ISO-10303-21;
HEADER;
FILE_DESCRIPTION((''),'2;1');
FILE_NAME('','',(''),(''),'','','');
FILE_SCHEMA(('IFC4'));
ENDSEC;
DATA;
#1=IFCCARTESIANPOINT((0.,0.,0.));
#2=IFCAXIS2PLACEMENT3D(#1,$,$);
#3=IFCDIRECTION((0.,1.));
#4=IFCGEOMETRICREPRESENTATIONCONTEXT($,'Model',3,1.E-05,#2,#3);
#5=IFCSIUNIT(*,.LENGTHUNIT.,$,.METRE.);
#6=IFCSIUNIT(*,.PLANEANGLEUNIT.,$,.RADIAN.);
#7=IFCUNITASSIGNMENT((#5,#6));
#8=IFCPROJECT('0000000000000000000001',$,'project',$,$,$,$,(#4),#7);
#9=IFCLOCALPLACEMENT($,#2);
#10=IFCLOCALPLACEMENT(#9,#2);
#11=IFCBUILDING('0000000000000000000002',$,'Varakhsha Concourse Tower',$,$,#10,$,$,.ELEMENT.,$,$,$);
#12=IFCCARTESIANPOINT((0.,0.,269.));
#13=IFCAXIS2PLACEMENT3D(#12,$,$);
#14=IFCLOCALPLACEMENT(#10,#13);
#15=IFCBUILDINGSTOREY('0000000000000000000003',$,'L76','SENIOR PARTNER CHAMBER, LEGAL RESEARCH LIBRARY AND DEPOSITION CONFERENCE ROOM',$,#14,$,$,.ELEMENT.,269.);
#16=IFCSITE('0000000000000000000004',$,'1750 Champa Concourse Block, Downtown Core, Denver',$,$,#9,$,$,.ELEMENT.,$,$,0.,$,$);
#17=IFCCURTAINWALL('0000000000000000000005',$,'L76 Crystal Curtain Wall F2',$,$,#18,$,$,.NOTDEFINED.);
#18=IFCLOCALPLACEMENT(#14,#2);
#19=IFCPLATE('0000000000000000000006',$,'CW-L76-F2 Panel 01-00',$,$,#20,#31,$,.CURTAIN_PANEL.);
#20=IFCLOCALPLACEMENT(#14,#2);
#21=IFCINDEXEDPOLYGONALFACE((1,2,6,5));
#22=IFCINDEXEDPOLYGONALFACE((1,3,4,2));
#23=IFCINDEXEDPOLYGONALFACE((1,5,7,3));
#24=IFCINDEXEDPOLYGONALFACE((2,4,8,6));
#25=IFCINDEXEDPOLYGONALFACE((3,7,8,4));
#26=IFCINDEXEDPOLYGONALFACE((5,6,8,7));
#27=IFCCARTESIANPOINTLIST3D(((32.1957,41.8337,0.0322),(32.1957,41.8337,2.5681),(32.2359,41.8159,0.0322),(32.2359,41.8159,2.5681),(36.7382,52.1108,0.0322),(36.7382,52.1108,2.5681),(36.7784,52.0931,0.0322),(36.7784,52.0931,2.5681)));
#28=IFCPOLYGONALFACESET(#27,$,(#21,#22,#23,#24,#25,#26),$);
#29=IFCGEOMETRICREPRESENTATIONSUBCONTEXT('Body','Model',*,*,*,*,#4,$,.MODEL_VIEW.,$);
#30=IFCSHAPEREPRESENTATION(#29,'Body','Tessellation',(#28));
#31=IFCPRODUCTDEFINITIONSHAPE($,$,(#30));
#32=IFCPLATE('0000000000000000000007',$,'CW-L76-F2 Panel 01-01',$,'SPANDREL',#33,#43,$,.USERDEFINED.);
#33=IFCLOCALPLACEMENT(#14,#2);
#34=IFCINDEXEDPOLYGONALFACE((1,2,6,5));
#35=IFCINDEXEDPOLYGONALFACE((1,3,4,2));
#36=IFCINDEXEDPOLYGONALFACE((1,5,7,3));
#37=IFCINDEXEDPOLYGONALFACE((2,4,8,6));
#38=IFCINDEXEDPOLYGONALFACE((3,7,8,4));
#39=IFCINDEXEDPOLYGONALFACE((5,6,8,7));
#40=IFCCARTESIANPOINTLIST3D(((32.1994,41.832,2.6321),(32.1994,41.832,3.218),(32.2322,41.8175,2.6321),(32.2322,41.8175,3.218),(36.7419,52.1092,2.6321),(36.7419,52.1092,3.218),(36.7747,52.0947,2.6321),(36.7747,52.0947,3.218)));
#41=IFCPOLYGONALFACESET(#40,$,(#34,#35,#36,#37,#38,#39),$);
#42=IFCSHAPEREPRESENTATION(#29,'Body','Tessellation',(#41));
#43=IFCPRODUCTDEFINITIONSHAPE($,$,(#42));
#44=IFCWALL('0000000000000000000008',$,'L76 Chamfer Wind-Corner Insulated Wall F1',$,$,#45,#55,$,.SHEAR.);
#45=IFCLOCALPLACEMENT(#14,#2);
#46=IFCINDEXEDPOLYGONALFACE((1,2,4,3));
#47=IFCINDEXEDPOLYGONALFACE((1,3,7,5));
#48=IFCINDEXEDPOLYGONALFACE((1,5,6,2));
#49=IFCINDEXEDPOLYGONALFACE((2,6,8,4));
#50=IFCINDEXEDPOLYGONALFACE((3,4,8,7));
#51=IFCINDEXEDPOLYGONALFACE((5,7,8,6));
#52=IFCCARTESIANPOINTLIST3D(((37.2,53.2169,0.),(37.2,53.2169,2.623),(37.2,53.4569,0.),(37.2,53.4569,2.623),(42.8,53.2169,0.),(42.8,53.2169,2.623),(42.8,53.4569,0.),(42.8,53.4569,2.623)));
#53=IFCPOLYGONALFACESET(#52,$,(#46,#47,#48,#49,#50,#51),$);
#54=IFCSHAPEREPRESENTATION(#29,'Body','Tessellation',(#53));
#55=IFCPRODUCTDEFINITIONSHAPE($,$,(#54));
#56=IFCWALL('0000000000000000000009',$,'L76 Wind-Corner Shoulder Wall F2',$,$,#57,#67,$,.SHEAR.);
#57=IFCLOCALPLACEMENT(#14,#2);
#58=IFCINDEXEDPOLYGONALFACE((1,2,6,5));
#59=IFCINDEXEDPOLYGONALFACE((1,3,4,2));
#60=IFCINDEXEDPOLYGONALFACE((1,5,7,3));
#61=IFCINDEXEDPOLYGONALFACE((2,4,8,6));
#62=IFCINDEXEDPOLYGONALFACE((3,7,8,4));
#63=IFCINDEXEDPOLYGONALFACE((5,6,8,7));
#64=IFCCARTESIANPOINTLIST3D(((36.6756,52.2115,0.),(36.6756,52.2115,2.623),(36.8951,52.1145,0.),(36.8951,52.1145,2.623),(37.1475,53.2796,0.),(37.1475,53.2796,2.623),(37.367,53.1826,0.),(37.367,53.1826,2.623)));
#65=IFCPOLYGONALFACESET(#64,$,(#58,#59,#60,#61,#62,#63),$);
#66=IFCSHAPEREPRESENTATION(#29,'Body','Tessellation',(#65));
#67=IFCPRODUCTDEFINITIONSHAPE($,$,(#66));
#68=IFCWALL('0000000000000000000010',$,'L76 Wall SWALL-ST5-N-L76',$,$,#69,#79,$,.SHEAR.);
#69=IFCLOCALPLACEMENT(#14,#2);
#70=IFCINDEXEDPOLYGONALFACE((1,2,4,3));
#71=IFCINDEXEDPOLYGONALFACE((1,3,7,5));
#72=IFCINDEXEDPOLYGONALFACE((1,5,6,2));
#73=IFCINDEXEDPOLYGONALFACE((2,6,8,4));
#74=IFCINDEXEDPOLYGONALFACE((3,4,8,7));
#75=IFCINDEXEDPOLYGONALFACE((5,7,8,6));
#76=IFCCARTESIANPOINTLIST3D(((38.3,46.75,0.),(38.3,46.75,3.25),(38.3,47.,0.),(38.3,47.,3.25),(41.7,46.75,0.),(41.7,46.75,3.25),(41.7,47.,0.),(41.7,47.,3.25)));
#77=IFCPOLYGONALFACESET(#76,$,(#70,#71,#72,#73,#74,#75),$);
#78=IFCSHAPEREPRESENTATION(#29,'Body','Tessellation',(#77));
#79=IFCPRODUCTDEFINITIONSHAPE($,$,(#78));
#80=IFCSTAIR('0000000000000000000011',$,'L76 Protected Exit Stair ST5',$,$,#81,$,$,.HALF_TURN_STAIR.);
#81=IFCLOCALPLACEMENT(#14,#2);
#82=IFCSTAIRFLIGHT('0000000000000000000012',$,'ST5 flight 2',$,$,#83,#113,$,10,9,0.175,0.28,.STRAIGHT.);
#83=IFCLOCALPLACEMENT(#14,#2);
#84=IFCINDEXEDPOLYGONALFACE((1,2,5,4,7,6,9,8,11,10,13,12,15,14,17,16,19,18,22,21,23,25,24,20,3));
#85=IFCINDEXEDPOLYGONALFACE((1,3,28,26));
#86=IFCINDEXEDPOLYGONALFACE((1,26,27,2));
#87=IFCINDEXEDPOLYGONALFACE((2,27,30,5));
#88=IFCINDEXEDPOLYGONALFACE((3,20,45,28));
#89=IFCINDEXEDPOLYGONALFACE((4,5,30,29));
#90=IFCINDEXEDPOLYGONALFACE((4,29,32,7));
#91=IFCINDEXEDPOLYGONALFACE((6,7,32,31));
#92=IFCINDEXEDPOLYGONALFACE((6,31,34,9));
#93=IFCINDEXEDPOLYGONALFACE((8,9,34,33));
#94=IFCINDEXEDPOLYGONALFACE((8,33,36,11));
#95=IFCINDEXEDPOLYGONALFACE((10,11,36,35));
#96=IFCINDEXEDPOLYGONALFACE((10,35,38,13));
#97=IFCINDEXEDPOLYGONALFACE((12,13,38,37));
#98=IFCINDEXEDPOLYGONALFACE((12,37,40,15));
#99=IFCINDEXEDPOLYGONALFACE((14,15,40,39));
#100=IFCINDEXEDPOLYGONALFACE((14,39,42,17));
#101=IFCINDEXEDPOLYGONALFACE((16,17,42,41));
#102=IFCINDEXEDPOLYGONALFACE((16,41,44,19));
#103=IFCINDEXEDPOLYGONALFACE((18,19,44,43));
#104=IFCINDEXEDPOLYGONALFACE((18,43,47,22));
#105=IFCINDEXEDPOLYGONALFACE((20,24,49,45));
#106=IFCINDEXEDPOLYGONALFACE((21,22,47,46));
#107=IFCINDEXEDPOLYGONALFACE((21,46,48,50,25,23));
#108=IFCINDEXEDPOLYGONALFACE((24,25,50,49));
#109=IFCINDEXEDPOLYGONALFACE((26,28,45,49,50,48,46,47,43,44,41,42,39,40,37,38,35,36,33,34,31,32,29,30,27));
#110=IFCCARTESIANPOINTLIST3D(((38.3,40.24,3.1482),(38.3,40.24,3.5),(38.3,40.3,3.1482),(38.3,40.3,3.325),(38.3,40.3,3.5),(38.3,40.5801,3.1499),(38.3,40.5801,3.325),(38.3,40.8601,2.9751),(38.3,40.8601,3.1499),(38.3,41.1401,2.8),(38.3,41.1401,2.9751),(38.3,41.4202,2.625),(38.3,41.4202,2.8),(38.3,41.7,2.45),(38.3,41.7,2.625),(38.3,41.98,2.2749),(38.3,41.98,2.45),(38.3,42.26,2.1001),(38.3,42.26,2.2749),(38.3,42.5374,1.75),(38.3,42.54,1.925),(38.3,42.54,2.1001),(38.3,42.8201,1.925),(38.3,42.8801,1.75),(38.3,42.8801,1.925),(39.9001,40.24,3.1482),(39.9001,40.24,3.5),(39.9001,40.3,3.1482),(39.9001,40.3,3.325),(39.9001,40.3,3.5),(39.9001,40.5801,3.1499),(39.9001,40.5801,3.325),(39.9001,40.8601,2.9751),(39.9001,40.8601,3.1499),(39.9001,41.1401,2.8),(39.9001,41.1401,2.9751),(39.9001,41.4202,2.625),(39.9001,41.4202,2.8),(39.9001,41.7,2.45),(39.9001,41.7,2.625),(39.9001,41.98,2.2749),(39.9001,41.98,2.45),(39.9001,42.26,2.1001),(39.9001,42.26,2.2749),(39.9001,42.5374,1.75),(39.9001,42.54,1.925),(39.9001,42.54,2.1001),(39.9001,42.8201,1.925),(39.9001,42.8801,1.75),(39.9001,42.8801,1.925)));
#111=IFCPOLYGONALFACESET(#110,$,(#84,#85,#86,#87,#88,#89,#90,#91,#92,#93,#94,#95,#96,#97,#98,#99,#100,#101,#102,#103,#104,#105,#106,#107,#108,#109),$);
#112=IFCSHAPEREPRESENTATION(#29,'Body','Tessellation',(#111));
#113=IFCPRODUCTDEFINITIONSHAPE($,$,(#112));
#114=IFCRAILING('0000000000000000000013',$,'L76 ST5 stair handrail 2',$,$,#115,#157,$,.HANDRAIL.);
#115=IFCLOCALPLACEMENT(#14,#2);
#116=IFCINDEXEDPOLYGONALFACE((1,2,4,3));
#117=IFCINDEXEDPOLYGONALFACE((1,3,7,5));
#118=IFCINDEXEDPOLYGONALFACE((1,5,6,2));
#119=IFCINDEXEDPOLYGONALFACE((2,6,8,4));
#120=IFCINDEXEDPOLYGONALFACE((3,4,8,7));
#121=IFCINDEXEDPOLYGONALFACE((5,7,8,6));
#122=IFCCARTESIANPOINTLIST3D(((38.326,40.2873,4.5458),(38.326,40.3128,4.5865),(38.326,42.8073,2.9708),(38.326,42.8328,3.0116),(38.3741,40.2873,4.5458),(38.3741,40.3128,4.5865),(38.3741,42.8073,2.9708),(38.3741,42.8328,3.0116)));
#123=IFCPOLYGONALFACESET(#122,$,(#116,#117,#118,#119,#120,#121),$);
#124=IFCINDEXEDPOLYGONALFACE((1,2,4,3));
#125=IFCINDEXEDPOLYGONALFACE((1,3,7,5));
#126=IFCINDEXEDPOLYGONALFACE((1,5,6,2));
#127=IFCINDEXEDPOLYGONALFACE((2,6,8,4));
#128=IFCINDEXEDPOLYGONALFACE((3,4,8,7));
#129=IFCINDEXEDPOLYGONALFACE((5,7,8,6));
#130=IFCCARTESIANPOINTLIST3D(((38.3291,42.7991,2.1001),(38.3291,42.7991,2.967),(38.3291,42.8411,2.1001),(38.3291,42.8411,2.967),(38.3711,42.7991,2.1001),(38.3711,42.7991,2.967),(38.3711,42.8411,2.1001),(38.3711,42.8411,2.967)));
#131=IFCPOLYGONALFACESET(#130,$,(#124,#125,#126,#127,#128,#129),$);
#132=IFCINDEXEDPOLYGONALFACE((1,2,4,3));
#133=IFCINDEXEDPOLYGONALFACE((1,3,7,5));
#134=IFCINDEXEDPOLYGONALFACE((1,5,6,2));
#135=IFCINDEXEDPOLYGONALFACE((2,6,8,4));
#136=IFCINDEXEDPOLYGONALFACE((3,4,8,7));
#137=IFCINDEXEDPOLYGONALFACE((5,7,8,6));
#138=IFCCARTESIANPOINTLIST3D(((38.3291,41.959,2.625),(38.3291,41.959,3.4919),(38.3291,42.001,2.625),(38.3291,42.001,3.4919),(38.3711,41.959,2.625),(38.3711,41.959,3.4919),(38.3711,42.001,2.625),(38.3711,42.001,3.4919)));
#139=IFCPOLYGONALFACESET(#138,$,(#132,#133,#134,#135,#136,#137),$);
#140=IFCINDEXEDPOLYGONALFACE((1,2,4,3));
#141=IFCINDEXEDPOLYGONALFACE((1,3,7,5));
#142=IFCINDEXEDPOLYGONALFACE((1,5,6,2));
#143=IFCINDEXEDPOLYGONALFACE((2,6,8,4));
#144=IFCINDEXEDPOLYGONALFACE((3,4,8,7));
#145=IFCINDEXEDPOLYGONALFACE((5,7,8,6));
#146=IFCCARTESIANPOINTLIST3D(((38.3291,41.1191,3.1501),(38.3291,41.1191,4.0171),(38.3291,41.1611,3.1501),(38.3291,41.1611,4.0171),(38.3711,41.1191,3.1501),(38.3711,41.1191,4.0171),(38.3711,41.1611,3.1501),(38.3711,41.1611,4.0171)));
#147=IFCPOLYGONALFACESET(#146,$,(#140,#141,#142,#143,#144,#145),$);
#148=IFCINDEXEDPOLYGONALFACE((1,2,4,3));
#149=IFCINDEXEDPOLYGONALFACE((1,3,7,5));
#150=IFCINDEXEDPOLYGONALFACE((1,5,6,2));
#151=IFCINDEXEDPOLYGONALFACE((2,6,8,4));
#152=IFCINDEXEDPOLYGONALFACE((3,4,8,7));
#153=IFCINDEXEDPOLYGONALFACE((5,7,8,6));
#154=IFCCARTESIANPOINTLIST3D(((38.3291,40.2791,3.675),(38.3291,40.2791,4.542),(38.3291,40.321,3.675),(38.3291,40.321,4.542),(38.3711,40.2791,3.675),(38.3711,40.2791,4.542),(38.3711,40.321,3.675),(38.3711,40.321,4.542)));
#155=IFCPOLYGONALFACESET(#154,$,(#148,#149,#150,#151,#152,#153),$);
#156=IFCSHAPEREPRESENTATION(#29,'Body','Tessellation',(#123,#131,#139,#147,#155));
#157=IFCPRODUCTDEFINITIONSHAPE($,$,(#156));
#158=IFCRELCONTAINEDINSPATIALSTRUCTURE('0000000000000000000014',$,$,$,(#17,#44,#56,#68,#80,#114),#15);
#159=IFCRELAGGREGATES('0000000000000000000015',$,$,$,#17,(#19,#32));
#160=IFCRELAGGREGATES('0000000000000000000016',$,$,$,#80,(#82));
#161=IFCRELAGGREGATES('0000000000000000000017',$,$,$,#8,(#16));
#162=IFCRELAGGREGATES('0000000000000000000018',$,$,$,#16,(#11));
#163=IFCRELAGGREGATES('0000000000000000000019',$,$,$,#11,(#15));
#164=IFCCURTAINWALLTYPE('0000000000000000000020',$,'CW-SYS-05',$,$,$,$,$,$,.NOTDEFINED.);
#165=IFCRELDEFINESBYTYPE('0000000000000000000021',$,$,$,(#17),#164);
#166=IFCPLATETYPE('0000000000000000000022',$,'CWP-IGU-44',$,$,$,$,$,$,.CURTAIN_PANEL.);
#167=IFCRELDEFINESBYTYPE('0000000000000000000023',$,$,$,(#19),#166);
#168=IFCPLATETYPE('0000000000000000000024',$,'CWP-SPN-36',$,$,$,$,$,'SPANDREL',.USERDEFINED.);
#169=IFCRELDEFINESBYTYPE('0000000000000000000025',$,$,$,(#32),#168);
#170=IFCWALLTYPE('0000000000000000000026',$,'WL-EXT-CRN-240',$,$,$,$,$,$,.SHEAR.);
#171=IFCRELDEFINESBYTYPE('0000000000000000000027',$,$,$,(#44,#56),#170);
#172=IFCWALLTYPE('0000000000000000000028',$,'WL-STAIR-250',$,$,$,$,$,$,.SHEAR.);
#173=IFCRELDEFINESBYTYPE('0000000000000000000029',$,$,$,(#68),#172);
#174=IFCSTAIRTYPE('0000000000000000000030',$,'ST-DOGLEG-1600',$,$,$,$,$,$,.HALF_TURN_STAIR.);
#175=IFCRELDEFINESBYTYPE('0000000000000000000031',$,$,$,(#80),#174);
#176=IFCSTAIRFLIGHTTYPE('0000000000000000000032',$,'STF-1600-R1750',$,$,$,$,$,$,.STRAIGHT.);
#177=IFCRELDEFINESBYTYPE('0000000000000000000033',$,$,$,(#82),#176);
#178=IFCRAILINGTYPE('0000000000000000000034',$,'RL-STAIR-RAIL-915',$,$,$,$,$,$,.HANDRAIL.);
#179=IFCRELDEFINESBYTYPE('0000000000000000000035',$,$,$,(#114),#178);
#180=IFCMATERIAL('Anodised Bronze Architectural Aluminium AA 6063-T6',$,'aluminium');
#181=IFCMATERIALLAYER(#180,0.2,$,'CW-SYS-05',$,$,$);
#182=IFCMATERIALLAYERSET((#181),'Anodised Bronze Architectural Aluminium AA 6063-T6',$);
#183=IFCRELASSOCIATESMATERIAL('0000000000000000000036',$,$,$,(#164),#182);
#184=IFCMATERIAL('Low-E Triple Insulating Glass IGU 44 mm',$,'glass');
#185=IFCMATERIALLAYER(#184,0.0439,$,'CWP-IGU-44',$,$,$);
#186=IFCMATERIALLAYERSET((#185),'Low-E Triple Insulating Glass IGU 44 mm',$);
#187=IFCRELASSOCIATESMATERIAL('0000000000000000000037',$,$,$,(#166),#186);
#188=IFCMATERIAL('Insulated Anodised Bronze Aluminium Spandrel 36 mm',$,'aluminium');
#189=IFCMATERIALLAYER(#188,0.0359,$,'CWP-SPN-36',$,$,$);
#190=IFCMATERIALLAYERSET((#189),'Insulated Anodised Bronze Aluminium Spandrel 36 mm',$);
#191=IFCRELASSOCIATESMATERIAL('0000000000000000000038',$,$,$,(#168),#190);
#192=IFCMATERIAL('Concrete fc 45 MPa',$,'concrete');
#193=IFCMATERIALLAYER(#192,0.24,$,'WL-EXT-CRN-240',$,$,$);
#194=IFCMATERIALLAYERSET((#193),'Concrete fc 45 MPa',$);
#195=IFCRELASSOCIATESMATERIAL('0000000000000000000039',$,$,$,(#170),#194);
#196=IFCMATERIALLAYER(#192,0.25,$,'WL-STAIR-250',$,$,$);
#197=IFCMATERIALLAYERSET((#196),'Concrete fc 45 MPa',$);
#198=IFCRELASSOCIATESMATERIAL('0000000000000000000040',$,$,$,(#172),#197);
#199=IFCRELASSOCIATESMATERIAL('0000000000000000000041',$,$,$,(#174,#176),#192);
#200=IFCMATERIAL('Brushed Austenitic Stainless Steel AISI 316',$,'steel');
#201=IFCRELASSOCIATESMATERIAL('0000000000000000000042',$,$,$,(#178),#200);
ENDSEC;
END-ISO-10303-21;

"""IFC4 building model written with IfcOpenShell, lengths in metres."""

from ifc_helpers import new_model, si_unit, direction, frame, frame_2d, origin, origin_2d, place, context, subcontext, project, spatial, polyline, rectangle, outline, extrude, source, transform, mapped, material, layer, layer_set, type_object, type_shapes, element, aggregate, save


model = new_model("IFC4")

# Units and contexts
model_context = context("Model", 3, precision=1e-05, world=origin(), true_north=direction((0.0, 1.0)))
body_context = subcontext(model_context, "Body", "Model", "MODEL_VIEW")
ifc_project = project(units=[si_unit("LENGTHUNIT", "METRE"), si_unit("PLANEANGLEUNIT", "RADIAN")], contexts=[model_context])

# Site, building, storey
site_placement = place(None, origin())
site = spatial("IfcSite", under=ifc_project, at=site_placement, Name="1750 Champa Concourse Block, Downtown Core, Denver", CompositionType="ELEMENT", RefElevation=0.0)
building_placement = place(site_placement, origin())
building = spatial("IfcBuilding", under=site, at=building_placement, Name="Varakhsha Concourse Tower", CompositionType="ELEMENT")
storey_placement = place(building_placement, frame((0.0, 0.0, 269.0)))
storey = spatial("IfcBuildingStorey", under=building, at=storey_placement, Name="L76", Description="SENIOR PARTNER CHAMBER, LEGAL RESEARCH LIBRARY AND DEPOSITION CONFERENCE ROOM", CompositionType="ELEMENT", Elevation=269.0)

# Curtain wall
ifc_material_1 = material(Name="Anodised Bronze Architectural Aluminium AA 6063-T6", Category="aluminium")
ifc_layer_1 = layer(ifc_material_1, 0.2, Name="CW-SYS-05")
ifc_layer_set_1 = layer_set([ifc_layer_1], Name="Anodised Bronze Architectural Aluminium AA 6063-T6")
curtain_wall_type = type_object("IfcCurtainWallType", Name="CW-SYS-05", PredefinedType="NOTDEFINED", material=ifc_layer_set_1)
curtain_wall_placement = place(storey_placement, origin())
curtain_wall = element("IfcCurtainWall", 1, at=curtain_wall_placement, inside=storey, type_object=curtain_wall_type, Name="L76 Crystal Curtain Wall F2", PredefinedType="NOTDEFINED")

# Plates
ifc_material_2 = material(Name="Low-E Triple Insulating Glass IGU 44 mm", Category="glass")
ifc_layer_2 = layer(ifc_material_2, 0.0439, Name="CWP-IGU-44")
ifc_layer_set_2 = layer_set([ifc_layer_2], Name="Low-E Triple Insulating Glass IGU 44 mm")
plate_type_1 = type_object("IfcPlateType", Name="CWP-IGU-44", PredefinedType="CURTAIN_PANEL", material=ifc_layer_set_2)
shared_shape_1 = source(origin(), body_context, "Body", "SweptSolid", [
    extrude(rectangle(XDim=11.2363, YDim=0.0439, at=origin_2d()), origin(), (0.0, 0.0, 1.0), 2.5359),
])
type_shapes(plate_type_1, [shared_shape_1])
plate_1_placement = place(storey_placement, frame((34.4871, 46.9634, 0.0322), z_axis=(0.0, 0.0, 1.0), x_axis=(0.404273, 0.914638, 0.0)))
plate_1 = element("IfcPlate", 2, at=plate_1_placement, type_object=plate_type_1, Name="CW-L76-F2 Panel 01-00", PredefinedType="CURTAIN_PANEL", context=body_context, shape_type="MappedRepresentation", body=[
    mapped(shared_shape_1, transform((0.0, 0.0, 0.0), scale=1.0)),
])
ifc_material_3 = material(Name="Insulated Anodised Bronze Aluminium Spandrel 36 mm", Category="aluminium")
ifc_layer_3 = layer(ifc_material_3, 0.0359, Name="CWP-SPN-36")
ifc_layer_set_3 = layer_set([ifc_layer_3], Name="Insulated Anodised Bronze Aluminium Spandrel 36 mm")
plate_type_2 = type_object("IfcPlateType", Name="CWP-SPN-36", ElementType="SPANDREL", PredefinedType="USERDEFINED", material=ifc_layer_set_3)
shared_shape_2 = source(origin(), body_context, "Body", "SweptSolid", [
    extrude(rectangle(XDim=11.2363, YDim=0.0359, at=origin_2d()), origin(), (0.0, 0.0, 1.0), 0.5859),
])
type_shapes(plate_type_2, [shared_shape_2])
plate_2_placement = place(storey_placement, frame((34.4871, 46.9634, 2.6321), z_axis=(0.0, 0.0, 1.0), x_axis=(0.404273, 0.914638, 0.0)))
plate_2 = element("IfcPlate", 3, at=plate_2_placement, type_object=plate_type_2, Name="CW-L76-F2 Panel 01-01", ObjectType="SPANDREL", PredefinedType="USERDEFINED", context=body_context, shape_type="MappedRepresentation", body=[
    mapped(shared_shape_2, transform((0.0, 0.0, 0.0), scale=1.0)),
])
aggregate(curtain_wall, [plate_1, plate_2])

# Walls
ifc_material_4 = material(Name="Concrete fc 45 MPa", Category="concrete")
ifc_layer_4 = layer(ifc_material_4, 0.24, Name="WL-EXT-CRN-240")
ifc_layer_set_4 = layer_set([ifc_layer_4], Name="Concrete fc 45 MPa")
wall_type_1 = type_object("IfcWallType", Name="WL-EXT-CRN-240", PredefinedType="SHEAR", material=ifc_layer_set_4)
wall_1_placement = place(storey_placement, frame((37.2, 53.3369, 0.0), z_axis=(0.0, 0.0, 1.0), x_axis=(1.0, 0.0, 0.0)))
element("IfcWall", 4, at=wall_1_placement, inside=storey, type_object=wall_type_1, Name="L76 Chamfer Wind-Corner Insulated Wall F1", PredefinedType="SHEAR", context=body_context, shape_type="SweptSolid", body=[
    extrude(rectangle(XDim=5.6001, YDim=0.24, at=frame_2d((2.8, 0.0))), origin(), (0.0, 0.0, 1.0), 2.623),
])
wall_2_placement = place(storey_placement, frame((37.2573, 53.2312, 0.0), z_axis=(0.0, 0.0, 1.0), x_axis=(-0.404139, -0.914697, 0.0)))
element("IfcWall", 5, at=wall_2_placement, inside=storey, type_object=wall_type_1, Name="L76 Wind-Corner Shoulder Wall F2", PredefinedType="SHEAR", context=body_context, shape_type="SweptSolid", body=[
    extrude(rectangle(XDim=1.1677, YDim=0.24, at=frame_2d((0.584, 0.0))), origin(), (0.0, 0.0, 1.0), 2.623),
])
ifc_layer_5 = layer(ifc_material_4, 0.25, Name="WL-STAIR-250")
ifc_layer_set_5 = layer_set([ifc_layer_5], Name="Concrete fc 45 MPa")
wall_type_2 = type_object("IfcWallType", Name="WL-STAIR-250", PredefinedType="SHEAR", material=ifc_layer_set_5)
wall_3_placement = place(storey_placement, frame((38.3, 46.875, 0.0), z_axis=(0.0, 0.0, 1.0), x_axis=(1.0, 0.0, 0.0)))
element("IfcWall", 6, at=wall_3_placement, inside=storey, type_object=wall_type_2, Name="L76 Wall SWALL-ST5-N-L76", PredefinedType="SHEAR", context=body_context, shape_type="SweptSolid", body=[
    extrude(rectangle(XDim=3.3999, YDim=0.25, at=frame_2d((1.7, 0.0))), origin(), (0.0, 0.0, 1.0), 3.25),
])

# Stair, stair flight
stair_type = type_object("IfcStairType", Name="ST-DOGLEG-1600", PredefinedType="HALF_TURN_STAIR", material=ifc_material_4)
stair_placement = place(storey_placement, origin())
stair = element("IfcStair", 7, at=stair_placement, inside=storey, type_object=stair_type, Name="L76 Protected Exit Stair ST5", PredefinedType="HALF_TURN_STAIR")
stair_flight_type = type_object("IfcStairFlightType", Name="STF-1600-R1750", PredefinedType="STRAIGHT", material=ifc_material_4)
stair_flight_placement = place(storey_placement, frame((39.1001, 42.8201, 1.75), z_axis=(0.0, 0.0, 1.0), x_axis=(0.0, -1.0, 0.0)))
stair_flight = element("IfcStairFlight", 8, at=stair_flight_placement, type_object=stair_flight_type, Name="ST5 flight 2", NumberOfRisers=10, NumberOfTreads=9, PredefinedType="STRAIGHT", RiserHeight=0.175, TreadLength=0.28, context=body_context, shape_type="SweptSolid", body=[
    extrude(outline(polyline([(-0.0601, 0.0), (-0.0601, 0.175), (0.0, 0.175), (0.28, 0.175), (0.28, 0.3501), (0.5601, 0.3501), (0.5601, 0.5249), (0.8401, 0.5249), (0.8401, 0.7), (1.1201, 0.7), (1.1201, 0.875), (1.3999, 0.875), (1.3999, 1.05), (1.6799, 1.05), (1.6799, 1.2251), (1.96, 1.2251), (1.96, 1.3999), (2.24, 1.3999), (2.24, 1.575), (2.52, 1.575), (2.52, 1.75), (2.5801, 1.75), (2.5801, 1.3982), (2.52, 1.3982), (0.2827, 0.0), (-0.0601, 0.0)])), frame((0.0, 0.8, 0.0), z_axis=(0.0, -1.0, 0.0), x_axis=(1.0, 0.0, 0.0)), (0.0, 0.0, 1.0), 1.6001),
])
aggregate(stair, [stair_flight])

# Railing
ifc_material_5 = material(Name="Brushed Austenitic Stainless Steel AISI 316", Category="steel")
railing_type = type_object("IfcRailingType", Name="RL-STAIR-RAIL-915", PredefinedType="HANDRAIL", material=ifc_material_5)
railing_placement = place(storey_placement, frame((38.3501, 42.8201, 2.1001)))
element("IfcRailing", 9, at=railing_placement, inside=storey, type_object=railing_type, Name="L76 ST5 stair handrail 2", PredefinedType="HANDRAIL", context=body_context, shape_type="SweptSolid", body=[
    extrude(rectangle(XDim=0.0481, YDim=0.0481, at=origin_2d()), frame((0.0, 0.0, 0.8911), z_axis=(0.0, -0.848008, 0.529984), x_axis=(1.0, 0.0, 0.0)), (0.0, 0.0, 1.0), 2.9717),
    extrude(rectangle(XDim=0.042, YDim=0.042, at=origin_2d()), origin(), (0.0, 0.0, 1.0), 0.8669),
    extrude(rectangle(XDim=0.042, YDim=0.042, at=origin_2d()), frame((0.0, -0.8401, 0.5249)), (0.0, 0.0, 1.0), 0.8669),
    extrude(rectangle(XDim=0.042, YDim=0.042, at=origin_2d()), frame((0.0, -1.6799, 1.05)), (0.0, 0.0, 1.0), 0.8669),
    extrude(rectangle(XDim=0.042, YDim=0.042, at=origin_2d()), frame((0.0, -2.52, 1.575)), (0.0, 0.0, 1.0), 0.8669),
])

save(model, "model.ifc")
